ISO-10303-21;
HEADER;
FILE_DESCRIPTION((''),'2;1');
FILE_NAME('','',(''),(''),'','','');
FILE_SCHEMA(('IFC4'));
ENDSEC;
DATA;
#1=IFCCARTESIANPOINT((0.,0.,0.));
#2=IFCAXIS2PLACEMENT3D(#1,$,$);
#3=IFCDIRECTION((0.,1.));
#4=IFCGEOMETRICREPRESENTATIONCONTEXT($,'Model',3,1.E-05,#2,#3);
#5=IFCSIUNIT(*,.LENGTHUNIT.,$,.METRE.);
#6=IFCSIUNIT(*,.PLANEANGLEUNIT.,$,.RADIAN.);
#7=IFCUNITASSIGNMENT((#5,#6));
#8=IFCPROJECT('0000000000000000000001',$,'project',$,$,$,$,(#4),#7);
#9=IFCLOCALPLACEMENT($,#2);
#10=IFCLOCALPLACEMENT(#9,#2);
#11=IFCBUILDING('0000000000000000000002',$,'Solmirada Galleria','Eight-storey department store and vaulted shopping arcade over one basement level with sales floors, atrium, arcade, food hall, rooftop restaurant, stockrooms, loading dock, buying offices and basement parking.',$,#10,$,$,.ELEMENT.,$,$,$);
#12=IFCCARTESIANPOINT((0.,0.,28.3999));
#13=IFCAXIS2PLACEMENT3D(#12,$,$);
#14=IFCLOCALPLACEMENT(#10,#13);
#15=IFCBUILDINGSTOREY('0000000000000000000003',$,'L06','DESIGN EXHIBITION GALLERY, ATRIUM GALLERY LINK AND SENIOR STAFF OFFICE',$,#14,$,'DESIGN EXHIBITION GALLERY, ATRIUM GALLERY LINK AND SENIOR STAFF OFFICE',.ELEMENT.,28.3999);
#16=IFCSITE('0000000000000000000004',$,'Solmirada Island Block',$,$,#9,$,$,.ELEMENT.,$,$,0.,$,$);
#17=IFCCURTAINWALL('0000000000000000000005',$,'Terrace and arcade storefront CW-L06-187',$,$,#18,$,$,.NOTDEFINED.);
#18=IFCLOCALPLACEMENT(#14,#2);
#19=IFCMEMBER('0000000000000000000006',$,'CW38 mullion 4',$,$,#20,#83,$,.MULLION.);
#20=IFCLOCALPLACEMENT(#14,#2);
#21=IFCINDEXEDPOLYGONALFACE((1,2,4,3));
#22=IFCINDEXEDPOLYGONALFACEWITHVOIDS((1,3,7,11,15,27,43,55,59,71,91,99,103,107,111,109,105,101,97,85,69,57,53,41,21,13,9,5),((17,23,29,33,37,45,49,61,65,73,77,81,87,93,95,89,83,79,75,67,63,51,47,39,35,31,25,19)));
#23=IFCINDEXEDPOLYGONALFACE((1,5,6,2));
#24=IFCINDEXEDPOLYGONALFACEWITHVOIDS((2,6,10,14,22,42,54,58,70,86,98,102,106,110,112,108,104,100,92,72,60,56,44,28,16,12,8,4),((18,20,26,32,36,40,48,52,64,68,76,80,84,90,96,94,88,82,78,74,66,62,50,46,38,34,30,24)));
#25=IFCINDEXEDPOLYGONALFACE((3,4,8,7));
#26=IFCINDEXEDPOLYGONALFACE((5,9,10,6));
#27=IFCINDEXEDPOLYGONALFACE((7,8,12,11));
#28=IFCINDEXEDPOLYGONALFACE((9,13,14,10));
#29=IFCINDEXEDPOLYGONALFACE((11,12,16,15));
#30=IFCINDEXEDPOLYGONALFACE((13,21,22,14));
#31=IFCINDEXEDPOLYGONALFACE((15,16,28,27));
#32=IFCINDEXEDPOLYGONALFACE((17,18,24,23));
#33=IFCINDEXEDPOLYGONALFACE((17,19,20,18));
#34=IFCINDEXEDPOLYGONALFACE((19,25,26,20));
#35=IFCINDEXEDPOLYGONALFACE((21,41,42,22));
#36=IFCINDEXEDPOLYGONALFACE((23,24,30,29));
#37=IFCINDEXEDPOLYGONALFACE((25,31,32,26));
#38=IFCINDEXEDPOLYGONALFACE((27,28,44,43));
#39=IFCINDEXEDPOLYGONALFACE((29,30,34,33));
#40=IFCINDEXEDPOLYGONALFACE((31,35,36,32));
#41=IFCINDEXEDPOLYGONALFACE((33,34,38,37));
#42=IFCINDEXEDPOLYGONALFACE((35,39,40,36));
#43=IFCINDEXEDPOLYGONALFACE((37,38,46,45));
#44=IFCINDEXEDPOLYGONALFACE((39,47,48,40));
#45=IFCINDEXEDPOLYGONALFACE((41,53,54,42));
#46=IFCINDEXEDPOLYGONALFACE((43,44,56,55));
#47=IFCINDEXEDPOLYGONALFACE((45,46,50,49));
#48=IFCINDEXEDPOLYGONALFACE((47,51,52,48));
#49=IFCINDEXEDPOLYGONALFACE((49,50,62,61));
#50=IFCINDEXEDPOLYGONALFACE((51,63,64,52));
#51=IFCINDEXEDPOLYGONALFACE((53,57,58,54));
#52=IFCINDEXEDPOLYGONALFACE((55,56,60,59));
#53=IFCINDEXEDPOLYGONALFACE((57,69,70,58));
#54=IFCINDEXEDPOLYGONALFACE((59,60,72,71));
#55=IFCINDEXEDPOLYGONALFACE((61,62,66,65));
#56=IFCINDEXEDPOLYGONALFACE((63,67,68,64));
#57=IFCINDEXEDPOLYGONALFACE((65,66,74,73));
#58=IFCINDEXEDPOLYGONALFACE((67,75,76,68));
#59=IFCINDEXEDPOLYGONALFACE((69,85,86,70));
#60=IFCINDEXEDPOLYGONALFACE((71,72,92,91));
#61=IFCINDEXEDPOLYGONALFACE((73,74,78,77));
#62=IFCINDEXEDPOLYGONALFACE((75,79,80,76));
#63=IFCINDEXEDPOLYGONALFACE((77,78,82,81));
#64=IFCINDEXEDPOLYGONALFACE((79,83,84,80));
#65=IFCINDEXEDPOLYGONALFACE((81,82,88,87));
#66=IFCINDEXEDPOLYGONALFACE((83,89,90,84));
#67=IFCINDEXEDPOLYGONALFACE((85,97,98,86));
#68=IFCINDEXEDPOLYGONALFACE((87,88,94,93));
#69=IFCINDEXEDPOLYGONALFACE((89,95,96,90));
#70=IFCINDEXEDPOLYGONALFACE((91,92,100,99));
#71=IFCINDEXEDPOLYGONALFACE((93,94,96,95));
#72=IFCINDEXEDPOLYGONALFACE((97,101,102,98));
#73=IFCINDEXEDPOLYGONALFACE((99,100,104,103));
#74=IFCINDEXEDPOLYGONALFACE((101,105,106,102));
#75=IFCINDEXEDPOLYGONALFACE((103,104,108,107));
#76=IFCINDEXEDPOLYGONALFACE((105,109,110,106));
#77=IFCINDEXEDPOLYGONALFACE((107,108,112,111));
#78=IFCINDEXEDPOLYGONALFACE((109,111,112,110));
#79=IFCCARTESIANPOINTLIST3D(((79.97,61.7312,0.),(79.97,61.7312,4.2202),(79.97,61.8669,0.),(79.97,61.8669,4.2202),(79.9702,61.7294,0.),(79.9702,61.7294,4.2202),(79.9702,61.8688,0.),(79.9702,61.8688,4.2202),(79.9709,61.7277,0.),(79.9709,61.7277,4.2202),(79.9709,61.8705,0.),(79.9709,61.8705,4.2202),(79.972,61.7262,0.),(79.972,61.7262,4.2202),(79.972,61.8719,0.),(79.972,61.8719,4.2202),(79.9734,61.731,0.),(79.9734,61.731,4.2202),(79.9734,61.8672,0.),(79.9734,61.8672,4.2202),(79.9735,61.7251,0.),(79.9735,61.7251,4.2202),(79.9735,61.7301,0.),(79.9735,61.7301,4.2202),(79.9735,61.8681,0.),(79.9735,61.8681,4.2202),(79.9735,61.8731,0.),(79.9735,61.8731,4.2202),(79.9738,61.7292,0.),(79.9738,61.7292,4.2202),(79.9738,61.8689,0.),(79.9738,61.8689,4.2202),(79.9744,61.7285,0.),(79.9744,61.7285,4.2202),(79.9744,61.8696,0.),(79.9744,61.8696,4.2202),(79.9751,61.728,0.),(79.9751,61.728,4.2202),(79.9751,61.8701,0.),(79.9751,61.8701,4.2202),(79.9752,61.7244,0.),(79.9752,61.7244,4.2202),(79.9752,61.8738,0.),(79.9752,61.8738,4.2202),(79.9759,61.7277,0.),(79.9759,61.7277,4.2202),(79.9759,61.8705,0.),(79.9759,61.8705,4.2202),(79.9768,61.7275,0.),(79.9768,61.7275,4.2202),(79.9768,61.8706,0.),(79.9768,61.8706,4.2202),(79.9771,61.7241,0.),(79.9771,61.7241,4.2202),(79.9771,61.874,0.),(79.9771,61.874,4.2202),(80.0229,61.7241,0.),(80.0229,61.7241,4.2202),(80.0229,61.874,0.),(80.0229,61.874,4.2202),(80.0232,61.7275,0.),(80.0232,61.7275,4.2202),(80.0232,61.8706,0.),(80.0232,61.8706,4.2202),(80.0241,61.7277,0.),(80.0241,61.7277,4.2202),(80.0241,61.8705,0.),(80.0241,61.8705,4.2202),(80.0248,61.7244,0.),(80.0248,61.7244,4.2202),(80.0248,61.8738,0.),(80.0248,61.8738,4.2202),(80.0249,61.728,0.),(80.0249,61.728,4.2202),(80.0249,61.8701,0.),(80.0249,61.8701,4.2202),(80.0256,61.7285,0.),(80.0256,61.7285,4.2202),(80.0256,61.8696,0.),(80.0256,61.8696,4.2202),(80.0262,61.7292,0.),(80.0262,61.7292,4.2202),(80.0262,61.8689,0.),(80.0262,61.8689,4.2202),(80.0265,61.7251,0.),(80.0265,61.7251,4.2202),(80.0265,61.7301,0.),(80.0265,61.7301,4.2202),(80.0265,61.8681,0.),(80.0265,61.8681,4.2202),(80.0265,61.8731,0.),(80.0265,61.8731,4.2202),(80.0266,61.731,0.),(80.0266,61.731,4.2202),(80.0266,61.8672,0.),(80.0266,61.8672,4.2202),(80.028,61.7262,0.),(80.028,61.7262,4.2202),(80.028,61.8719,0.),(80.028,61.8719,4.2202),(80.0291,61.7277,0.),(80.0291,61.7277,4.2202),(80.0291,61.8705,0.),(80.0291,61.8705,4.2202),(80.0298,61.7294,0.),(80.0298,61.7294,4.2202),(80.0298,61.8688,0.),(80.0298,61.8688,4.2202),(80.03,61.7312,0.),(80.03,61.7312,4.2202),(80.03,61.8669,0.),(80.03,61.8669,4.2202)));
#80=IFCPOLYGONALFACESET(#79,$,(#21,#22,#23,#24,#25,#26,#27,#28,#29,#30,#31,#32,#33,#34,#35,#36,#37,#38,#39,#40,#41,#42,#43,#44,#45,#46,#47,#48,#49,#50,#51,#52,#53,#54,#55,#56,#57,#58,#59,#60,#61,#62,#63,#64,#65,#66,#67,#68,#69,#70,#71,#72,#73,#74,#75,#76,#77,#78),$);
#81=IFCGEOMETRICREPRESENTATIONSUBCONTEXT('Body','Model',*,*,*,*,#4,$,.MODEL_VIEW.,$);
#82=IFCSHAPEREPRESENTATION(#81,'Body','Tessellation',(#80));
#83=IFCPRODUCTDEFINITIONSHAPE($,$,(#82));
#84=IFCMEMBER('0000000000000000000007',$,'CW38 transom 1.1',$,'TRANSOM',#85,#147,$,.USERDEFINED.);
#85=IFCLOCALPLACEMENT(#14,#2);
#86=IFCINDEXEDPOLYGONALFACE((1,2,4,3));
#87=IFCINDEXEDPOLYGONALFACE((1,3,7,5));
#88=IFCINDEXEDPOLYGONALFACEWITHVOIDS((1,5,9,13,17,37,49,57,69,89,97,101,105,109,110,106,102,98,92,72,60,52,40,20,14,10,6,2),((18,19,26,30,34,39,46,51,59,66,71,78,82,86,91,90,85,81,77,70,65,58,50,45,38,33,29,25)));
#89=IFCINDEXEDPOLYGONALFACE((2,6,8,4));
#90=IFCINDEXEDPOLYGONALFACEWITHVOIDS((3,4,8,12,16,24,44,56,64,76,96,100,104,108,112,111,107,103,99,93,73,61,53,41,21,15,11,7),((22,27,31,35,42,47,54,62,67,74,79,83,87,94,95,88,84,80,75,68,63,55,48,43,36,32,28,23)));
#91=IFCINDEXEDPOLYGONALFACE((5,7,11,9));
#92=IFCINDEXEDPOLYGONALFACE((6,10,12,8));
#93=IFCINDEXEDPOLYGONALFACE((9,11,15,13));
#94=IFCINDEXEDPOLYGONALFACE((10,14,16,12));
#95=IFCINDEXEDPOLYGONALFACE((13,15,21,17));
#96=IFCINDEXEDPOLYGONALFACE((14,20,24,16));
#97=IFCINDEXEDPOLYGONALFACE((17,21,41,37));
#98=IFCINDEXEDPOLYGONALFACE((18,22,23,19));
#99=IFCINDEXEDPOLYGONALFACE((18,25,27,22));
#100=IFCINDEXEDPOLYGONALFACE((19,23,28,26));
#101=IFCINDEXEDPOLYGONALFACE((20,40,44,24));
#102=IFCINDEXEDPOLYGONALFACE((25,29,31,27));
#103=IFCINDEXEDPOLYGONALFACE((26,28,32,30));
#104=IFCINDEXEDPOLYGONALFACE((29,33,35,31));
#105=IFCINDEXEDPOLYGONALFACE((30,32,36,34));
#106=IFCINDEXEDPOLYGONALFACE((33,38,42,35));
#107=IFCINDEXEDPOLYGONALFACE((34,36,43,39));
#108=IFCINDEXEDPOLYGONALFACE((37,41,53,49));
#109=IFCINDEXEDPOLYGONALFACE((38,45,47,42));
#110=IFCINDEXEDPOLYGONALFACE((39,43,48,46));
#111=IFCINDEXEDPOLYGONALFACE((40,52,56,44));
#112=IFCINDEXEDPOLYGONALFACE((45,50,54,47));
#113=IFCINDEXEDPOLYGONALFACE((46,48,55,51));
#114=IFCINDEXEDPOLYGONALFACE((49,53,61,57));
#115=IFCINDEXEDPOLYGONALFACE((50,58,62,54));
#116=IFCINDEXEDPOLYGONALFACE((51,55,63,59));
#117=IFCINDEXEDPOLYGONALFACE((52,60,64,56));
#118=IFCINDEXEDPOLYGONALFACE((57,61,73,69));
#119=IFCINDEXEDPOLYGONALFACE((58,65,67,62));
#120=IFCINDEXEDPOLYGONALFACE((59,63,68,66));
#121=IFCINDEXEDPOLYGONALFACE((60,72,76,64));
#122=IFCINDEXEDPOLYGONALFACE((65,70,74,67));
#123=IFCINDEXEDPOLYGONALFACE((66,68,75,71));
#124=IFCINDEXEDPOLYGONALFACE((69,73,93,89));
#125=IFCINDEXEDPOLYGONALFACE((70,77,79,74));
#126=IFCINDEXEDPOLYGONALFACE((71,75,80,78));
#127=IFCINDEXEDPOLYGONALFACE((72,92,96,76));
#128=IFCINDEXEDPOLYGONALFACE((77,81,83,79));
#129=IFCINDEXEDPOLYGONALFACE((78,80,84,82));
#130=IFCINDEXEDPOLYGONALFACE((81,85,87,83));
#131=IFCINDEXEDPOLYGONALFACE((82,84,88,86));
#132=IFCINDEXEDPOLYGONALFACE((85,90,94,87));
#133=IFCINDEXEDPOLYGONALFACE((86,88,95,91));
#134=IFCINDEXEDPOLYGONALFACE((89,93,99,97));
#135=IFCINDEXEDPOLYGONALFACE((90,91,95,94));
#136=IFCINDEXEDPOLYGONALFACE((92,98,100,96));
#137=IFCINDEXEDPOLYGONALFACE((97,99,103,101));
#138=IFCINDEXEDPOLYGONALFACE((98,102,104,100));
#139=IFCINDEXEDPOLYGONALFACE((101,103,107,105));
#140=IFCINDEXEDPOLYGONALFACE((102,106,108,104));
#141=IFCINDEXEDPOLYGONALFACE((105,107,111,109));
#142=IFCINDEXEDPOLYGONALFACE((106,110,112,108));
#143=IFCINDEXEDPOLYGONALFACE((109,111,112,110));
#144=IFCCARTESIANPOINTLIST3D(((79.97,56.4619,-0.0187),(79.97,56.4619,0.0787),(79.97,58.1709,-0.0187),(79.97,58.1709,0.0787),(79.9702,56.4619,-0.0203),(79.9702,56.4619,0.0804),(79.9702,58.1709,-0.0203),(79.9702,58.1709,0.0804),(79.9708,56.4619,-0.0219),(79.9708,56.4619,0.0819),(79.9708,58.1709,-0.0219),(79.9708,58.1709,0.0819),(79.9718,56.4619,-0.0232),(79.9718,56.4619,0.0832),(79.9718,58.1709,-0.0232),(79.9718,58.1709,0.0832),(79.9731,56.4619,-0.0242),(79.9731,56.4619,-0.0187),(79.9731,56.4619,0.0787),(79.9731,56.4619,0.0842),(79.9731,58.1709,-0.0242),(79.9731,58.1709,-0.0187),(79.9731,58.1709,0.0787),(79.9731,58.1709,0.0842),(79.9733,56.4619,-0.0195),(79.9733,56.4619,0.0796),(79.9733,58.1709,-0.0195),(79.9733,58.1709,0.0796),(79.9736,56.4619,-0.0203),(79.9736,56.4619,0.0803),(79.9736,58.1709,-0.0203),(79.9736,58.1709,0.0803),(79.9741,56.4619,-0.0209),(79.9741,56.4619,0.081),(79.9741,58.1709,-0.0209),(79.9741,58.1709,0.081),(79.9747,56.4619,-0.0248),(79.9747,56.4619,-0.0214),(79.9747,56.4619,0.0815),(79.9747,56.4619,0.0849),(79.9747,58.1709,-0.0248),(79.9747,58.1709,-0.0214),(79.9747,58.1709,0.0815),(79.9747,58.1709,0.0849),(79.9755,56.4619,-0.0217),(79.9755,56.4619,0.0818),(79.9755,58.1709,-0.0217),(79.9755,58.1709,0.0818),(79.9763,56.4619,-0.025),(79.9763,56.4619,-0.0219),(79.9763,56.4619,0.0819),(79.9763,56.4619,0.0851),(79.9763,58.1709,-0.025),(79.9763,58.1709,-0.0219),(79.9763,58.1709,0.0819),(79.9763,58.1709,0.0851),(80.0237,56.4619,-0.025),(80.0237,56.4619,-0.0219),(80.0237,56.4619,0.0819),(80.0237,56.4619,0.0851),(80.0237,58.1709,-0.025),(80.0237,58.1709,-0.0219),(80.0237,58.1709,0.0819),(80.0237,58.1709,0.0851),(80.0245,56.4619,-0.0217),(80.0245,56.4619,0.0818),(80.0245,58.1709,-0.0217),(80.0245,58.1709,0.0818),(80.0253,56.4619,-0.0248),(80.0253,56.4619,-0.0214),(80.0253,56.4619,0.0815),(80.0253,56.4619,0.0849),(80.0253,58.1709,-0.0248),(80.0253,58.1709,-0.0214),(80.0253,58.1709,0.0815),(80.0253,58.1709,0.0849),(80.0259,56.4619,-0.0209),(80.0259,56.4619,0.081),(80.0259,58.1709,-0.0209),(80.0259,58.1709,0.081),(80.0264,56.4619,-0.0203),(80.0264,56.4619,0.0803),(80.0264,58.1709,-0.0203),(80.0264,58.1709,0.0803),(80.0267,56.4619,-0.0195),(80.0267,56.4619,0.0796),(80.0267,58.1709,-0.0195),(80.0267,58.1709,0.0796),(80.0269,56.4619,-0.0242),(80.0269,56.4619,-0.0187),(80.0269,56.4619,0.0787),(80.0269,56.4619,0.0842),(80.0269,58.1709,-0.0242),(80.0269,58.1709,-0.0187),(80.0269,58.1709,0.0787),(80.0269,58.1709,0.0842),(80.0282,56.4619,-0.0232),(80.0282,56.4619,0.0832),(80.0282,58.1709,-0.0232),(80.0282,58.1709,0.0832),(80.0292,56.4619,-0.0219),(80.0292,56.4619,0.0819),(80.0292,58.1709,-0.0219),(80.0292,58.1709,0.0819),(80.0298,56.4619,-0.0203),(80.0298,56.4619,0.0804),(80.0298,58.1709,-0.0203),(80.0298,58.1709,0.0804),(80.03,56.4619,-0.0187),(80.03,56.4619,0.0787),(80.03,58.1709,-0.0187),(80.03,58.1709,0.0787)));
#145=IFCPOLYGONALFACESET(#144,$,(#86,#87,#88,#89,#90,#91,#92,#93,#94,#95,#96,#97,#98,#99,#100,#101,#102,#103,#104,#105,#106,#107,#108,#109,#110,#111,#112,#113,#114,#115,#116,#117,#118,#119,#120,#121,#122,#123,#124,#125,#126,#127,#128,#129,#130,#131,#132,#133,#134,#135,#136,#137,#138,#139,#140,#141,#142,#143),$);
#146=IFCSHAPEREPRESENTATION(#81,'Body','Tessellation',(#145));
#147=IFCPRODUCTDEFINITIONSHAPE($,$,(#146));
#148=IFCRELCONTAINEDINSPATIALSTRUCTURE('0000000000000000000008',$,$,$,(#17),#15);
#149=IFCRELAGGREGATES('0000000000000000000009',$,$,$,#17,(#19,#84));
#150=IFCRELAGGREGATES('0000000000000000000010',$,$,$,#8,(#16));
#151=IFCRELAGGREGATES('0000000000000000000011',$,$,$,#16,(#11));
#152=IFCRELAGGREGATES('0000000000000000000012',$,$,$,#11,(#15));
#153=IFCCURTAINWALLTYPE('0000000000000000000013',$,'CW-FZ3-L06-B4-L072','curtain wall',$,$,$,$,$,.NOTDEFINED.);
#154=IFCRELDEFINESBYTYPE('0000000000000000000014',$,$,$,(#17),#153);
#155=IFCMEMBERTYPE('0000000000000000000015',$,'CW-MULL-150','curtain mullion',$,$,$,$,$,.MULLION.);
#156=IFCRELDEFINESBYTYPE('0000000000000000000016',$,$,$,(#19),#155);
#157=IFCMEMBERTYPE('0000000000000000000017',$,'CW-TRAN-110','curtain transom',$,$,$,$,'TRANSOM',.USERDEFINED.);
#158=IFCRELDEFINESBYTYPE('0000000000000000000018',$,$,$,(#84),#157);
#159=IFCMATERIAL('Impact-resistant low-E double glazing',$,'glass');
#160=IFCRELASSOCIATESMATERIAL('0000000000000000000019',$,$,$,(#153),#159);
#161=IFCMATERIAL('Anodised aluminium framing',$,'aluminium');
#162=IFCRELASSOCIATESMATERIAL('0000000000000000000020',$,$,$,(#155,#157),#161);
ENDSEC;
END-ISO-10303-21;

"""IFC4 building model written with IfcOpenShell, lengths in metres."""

from ifc_helpers import new_model, si_unit, direction, frame, origin, origin_2d, place, context, subcontext, project, spatial, hollow_rectangle, extrude, material, material_profile, profile_set, type_object, element, aggregate, save


model = new_model("IFC4")

# Units and contexts
model_context = context("Model", 3, precision=1e-05, world=origin(), true_north=direction((0.0, 1.0)))
body_context = subcontext(model_context, "Body", "Model", "MODEL_VIEW")
ifc_project = project(units=[si_unit("LENGTHUNIT", "METRE"), si_unit("PLANEANGLEUNIT", "RADIAN")], contexts=[model_context])

# Site, building, storey
site_placement = place(None, origin())
site = spatial("IfcSite", under=ifc_project, at=site_placement, Name="Solmirada Island Block", CompositionType="ELEMENT", RefElevation=0.0)
building_placement = place(site_placement, origin())
building = spatial("IfcBuilding", under=site, at=building_placement, Name="Solmirada Galleria", Description="Eight-storey department store and vaulted shopping arcade over one basement level with sales floors, atrium, arcade, food hall, rooftop restaurant, stockrooms, loading dock, buying offices and basement parking.", CompositionType="ELEMENT")
storey_placement = place(building_placement, frame((0.0, 0.0, 28.3999)))
storey = spatial("IfcBuildingStorey", under=building, at=storey_placement, Name="L06", Description="DESIGN EXHIBITION GALLERY, ATRIUM GALLERY LINK AND SENIOR STAFF OFFICE", LongName="DESIGN EXHIBITION GALLERY, ATRIUM GALLERY LINK AND SENIOR STAFF OFFICE", CompositionType="ELEMENT", Elevation=28.3999)

# Shared definitions
ifc_material_1 = material(Name="Impact-resistant low-E double glazing", Category="glass")
curtain_wall_type = type_object("IfcCurtainWallType", Name="CW-FZ3-L06-B4-L072", Description="curtain wall", PredefinedType="NOTDEFINED", material=ifc_material_1)
ifc_material_2 = material(Name="Anodised aluminium framing", Category="aluminium")
ifc_material_profile_1 = material_profile(ifc_material_2, hollow_rectangle(XDim=0.0601, YDim=0.1499, WallThickness=0.0034, InnerFilletRadius=0.0034, OuterFilletRadius=0.0071, at=origin_2d()), Name="ALU-MULL-150X60")
ifc_profile_set_1 = profile_set([ifc_material_profile_1], Name="Anodised aluminium framing")
member_type_1 = type_object("IfcMemberType", Name="CW-MULL-150", Description="curtain mullion", PredefinedType="MULLION", material=ifc_profile_set_1)

# Curtain wall, members
curtain_wall_1_placement = place(storey_placement, origin())
curtain_wall_1 = element("IfcCurtainWall", 1, at=curtain_wall_1_placement, inside=storey, type_object=curtain_wall_type, Name="Terrace and arcade storefront CW-L06-187", PredefinedType="NOTDEFINED")
member_1_placement = place(storey_placement, frame((80.0, 61.7991, 0.0), z_axis=(0.0, 0.0, 1.0), x_axis=(-1.0, 0.0, 0.0)))
member_1 = element("IfcMember", 2, at=member_1_placement, type_object=member_type_1, Name="CW38 mullion 4", PredefinedType="MULLION", context=body_context, shape_type="SweptSolid", body=[
    extrude(hollow_rectangle(XDim=0.0601, YDim=0.1499, WallThickness=0.0034, InnerFilletRadius=0.0034, OuterFilletRadius=0.0071, at=origin_2d()), origin(), (0.0, 0.0, 1.0), 4.2202),
])
ifc_material_profile_2 = material_profile(ifc_material_2, hollow_rectangle(XDim=0.0601, YDim=0.1101, WallThickness=0.0032, InnerFilletRadius=0.0032, OuterFilletRadius=0.0063, at=origin_2d()), Name="ALU-TRAN-110X60")
ifc_profile_set_2 = profile_set([ifc_material_profile_2], Name="Anodised aluminium framing")
member_type_2 = type_object("IfcMemberType", Name="CW-TRAN-110", Description="curtain transom", ElementType="TRANSOM", PredefinedType="USERDEFINED", material=ifc_profile_set_2)
member_2_placement = place(storey_placement, frame((80.0, 56.4619, 0.03), z_axis=(0.0, 1.0, 0.0), x_axis=(-1.0, 0.0, 0.0)))
member_2 = element("IfcMember", 3, at=member_2_placement, type_object=member_type_2, Name="CW38 transom 1.1", ObjectType="TRANSOM", PredefinedType="USERDEFINED", context=body_context, shape_type="SweptSolid", body=[
    extrude(hollow_rectangle(XDim=0.0601, YDim=0.1101, WallThickness=0.0032, InnerFilletRadius=0.0032, OuterFilletRadius=0.0063, at=origin_2d()), origin(), (0.0, 0.0, 1.0), 1.709),
])

aggregate(curtain_wall_1, [member_1, member_2])

save(model, "model.ifc")
